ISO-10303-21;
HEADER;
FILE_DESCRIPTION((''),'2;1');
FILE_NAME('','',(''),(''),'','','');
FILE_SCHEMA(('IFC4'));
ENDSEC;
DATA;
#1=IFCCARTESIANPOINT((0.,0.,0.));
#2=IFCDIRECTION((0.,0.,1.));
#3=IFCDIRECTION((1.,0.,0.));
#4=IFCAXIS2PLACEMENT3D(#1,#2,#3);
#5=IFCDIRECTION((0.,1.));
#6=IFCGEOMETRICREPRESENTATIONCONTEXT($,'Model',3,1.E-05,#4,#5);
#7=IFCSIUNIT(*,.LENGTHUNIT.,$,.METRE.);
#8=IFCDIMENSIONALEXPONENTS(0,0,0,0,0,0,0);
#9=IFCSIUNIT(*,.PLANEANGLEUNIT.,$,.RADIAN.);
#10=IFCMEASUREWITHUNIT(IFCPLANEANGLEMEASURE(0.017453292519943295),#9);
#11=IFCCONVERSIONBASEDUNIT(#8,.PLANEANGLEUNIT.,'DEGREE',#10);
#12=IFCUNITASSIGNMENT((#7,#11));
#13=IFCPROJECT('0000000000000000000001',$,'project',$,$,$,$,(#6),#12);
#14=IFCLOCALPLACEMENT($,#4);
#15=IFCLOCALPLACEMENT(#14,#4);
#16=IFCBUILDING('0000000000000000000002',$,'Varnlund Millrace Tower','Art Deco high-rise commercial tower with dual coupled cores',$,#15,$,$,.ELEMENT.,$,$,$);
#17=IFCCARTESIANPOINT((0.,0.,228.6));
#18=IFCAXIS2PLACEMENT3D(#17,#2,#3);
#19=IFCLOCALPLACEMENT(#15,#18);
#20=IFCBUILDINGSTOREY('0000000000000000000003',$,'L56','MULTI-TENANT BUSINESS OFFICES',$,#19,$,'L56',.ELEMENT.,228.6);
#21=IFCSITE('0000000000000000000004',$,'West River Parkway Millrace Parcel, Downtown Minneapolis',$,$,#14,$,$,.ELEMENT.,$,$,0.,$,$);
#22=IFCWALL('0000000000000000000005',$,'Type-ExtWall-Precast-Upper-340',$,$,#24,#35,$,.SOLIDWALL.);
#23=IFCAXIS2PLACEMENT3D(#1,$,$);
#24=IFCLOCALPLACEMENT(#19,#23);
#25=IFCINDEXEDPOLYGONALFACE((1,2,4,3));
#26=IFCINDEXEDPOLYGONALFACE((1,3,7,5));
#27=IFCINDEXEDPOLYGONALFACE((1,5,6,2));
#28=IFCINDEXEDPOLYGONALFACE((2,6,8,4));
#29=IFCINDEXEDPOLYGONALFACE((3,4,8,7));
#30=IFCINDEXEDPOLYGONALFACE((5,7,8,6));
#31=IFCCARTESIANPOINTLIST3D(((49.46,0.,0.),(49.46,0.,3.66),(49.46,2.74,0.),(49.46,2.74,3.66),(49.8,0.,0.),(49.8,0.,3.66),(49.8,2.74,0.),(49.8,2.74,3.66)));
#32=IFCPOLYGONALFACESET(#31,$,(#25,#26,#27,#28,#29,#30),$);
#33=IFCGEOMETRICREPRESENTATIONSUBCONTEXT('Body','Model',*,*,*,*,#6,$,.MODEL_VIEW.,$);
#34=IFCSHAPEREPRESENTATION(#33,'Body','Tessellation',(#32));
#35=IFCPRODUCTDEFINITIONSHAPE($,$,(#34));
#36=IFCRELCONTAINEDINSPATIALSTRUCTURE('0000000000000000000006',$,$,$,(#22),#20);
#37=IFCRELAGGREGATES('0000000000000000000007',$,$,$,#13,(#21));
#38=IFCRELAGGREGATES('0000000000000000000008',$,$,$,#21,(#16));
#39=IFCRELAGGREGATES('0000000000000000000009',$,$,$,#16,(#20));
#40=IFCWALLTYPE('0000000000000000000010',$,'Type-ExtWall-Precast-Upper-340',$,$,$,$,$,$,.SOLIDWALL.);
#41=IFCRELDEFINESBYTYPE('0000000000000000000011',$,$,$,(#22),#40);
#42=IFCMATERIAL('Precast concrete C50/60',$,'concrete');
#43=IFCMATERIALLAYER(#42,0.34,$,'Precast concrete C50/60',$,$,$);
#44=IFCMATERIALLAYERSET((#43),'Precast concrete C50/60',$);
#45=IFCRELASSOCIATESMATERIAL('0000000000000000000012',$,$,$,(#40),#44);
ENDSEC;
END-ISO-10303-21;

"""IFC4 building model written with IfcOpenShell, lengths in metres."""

from ifc_helpers import new_model, entity, si_unit, converted_unit, direction, frame, origin_with_axes, place, context, subcontext, project, spatial, polyline, outline, extrude, material, layer, layer_set, type_object, element, save


model = new_model("IFC4")

# Units and contexts
model_context = context("Model", 3, precision=1e-05, world=origin_with_axes(), true_north=direction((0.0, 1.0)))
body_context = subcontext(model_context, "Body", "Model", "MODEL_VIEW")
ifc_project = project(units=[si_unit("LENGTHUNIT", "METRE"), converted_unit("PLANEANGLEUNIT", "DEGREE", entity("IfcPlaneAngleMeasure", 0.017453292519943295), si_unit("PLANEANGLEUNIT", "RADIAN"), dimensions=[0, 0, 0, 0, 0, 0, 0])], contexts=[model_context])

# Site, building, storey
site_placement = place(None, origin_with_axes())
site = spatial("IfcSite", under=ifc_project, at=site_placement, Name="West River Parkway Millrace Parcel, Downtown Minneapolis", CompositionType="ELEMENT", RefElevation=0.0)
building_placement = place(site_placement, origin_with_axes())
building = spatial("IfcBuilding", under=site, at=building_placement, Name="Varnlund Millrace Tower", Description="Art Deco high-rise commercial tower with dual coupled cores", CompositionType="ELEMENT")
storey_placement = place(building_placement, frame((0.0, 0.0, 228.6), z_axis=(0.0, 0.0, 1.0), x_axis=(1.0, 0.0, 0.0)))
storey = spatial("IfcBuildingStorey", under=building, at=storey_placement, Name="L56", Description="MULTI-TENANT BUSINESS OFFICES", LongName="L56", CompositionType="ELEMENT", Elevation=228.6)

# Wall
ifc_material_1 = material(Name="Precast concrete C50/60", Category="concrete")
ifc_layer_1 = layer(ifc_material_1, 0.34, Name="Precast concrete C50/60")
ifc_layer_set_1 = layer_set([ifc_layer_1], Name="Precast concrete C50/60")
wall_type_1 = type_object("IfcWallType", Name="Type-ExtWall-Precast-Upper-340", PredefinedType="SOLIDWALL", material=ifc_layer_set_1)
wall_1_placement = place(storey_placement, frame((49.63, 2.74, 0.0), z_axis=(0.0, 0.0, 1.0), x_axis=(0.0, -1.0, 0.0)))
element("IfcWall", 1, at=wall_1_placement, inside=storey, type_object=wall_type_1, Name="Type-ExtWall-Precast-Upper-340", PredefinedType="SOLIDWALL", context=body_context, shape_type="SweptSolid", body=[
    extrude(outline(polyline([(0.0, -0.17), (2.74, -0.17), (2.74, 0.17), (0.0, 0.17), (0.0, -0.17)])), origin_with_axes(), (0.0, 0.0, 1.0), 3.66),
])

save(model, "model.ifc")
